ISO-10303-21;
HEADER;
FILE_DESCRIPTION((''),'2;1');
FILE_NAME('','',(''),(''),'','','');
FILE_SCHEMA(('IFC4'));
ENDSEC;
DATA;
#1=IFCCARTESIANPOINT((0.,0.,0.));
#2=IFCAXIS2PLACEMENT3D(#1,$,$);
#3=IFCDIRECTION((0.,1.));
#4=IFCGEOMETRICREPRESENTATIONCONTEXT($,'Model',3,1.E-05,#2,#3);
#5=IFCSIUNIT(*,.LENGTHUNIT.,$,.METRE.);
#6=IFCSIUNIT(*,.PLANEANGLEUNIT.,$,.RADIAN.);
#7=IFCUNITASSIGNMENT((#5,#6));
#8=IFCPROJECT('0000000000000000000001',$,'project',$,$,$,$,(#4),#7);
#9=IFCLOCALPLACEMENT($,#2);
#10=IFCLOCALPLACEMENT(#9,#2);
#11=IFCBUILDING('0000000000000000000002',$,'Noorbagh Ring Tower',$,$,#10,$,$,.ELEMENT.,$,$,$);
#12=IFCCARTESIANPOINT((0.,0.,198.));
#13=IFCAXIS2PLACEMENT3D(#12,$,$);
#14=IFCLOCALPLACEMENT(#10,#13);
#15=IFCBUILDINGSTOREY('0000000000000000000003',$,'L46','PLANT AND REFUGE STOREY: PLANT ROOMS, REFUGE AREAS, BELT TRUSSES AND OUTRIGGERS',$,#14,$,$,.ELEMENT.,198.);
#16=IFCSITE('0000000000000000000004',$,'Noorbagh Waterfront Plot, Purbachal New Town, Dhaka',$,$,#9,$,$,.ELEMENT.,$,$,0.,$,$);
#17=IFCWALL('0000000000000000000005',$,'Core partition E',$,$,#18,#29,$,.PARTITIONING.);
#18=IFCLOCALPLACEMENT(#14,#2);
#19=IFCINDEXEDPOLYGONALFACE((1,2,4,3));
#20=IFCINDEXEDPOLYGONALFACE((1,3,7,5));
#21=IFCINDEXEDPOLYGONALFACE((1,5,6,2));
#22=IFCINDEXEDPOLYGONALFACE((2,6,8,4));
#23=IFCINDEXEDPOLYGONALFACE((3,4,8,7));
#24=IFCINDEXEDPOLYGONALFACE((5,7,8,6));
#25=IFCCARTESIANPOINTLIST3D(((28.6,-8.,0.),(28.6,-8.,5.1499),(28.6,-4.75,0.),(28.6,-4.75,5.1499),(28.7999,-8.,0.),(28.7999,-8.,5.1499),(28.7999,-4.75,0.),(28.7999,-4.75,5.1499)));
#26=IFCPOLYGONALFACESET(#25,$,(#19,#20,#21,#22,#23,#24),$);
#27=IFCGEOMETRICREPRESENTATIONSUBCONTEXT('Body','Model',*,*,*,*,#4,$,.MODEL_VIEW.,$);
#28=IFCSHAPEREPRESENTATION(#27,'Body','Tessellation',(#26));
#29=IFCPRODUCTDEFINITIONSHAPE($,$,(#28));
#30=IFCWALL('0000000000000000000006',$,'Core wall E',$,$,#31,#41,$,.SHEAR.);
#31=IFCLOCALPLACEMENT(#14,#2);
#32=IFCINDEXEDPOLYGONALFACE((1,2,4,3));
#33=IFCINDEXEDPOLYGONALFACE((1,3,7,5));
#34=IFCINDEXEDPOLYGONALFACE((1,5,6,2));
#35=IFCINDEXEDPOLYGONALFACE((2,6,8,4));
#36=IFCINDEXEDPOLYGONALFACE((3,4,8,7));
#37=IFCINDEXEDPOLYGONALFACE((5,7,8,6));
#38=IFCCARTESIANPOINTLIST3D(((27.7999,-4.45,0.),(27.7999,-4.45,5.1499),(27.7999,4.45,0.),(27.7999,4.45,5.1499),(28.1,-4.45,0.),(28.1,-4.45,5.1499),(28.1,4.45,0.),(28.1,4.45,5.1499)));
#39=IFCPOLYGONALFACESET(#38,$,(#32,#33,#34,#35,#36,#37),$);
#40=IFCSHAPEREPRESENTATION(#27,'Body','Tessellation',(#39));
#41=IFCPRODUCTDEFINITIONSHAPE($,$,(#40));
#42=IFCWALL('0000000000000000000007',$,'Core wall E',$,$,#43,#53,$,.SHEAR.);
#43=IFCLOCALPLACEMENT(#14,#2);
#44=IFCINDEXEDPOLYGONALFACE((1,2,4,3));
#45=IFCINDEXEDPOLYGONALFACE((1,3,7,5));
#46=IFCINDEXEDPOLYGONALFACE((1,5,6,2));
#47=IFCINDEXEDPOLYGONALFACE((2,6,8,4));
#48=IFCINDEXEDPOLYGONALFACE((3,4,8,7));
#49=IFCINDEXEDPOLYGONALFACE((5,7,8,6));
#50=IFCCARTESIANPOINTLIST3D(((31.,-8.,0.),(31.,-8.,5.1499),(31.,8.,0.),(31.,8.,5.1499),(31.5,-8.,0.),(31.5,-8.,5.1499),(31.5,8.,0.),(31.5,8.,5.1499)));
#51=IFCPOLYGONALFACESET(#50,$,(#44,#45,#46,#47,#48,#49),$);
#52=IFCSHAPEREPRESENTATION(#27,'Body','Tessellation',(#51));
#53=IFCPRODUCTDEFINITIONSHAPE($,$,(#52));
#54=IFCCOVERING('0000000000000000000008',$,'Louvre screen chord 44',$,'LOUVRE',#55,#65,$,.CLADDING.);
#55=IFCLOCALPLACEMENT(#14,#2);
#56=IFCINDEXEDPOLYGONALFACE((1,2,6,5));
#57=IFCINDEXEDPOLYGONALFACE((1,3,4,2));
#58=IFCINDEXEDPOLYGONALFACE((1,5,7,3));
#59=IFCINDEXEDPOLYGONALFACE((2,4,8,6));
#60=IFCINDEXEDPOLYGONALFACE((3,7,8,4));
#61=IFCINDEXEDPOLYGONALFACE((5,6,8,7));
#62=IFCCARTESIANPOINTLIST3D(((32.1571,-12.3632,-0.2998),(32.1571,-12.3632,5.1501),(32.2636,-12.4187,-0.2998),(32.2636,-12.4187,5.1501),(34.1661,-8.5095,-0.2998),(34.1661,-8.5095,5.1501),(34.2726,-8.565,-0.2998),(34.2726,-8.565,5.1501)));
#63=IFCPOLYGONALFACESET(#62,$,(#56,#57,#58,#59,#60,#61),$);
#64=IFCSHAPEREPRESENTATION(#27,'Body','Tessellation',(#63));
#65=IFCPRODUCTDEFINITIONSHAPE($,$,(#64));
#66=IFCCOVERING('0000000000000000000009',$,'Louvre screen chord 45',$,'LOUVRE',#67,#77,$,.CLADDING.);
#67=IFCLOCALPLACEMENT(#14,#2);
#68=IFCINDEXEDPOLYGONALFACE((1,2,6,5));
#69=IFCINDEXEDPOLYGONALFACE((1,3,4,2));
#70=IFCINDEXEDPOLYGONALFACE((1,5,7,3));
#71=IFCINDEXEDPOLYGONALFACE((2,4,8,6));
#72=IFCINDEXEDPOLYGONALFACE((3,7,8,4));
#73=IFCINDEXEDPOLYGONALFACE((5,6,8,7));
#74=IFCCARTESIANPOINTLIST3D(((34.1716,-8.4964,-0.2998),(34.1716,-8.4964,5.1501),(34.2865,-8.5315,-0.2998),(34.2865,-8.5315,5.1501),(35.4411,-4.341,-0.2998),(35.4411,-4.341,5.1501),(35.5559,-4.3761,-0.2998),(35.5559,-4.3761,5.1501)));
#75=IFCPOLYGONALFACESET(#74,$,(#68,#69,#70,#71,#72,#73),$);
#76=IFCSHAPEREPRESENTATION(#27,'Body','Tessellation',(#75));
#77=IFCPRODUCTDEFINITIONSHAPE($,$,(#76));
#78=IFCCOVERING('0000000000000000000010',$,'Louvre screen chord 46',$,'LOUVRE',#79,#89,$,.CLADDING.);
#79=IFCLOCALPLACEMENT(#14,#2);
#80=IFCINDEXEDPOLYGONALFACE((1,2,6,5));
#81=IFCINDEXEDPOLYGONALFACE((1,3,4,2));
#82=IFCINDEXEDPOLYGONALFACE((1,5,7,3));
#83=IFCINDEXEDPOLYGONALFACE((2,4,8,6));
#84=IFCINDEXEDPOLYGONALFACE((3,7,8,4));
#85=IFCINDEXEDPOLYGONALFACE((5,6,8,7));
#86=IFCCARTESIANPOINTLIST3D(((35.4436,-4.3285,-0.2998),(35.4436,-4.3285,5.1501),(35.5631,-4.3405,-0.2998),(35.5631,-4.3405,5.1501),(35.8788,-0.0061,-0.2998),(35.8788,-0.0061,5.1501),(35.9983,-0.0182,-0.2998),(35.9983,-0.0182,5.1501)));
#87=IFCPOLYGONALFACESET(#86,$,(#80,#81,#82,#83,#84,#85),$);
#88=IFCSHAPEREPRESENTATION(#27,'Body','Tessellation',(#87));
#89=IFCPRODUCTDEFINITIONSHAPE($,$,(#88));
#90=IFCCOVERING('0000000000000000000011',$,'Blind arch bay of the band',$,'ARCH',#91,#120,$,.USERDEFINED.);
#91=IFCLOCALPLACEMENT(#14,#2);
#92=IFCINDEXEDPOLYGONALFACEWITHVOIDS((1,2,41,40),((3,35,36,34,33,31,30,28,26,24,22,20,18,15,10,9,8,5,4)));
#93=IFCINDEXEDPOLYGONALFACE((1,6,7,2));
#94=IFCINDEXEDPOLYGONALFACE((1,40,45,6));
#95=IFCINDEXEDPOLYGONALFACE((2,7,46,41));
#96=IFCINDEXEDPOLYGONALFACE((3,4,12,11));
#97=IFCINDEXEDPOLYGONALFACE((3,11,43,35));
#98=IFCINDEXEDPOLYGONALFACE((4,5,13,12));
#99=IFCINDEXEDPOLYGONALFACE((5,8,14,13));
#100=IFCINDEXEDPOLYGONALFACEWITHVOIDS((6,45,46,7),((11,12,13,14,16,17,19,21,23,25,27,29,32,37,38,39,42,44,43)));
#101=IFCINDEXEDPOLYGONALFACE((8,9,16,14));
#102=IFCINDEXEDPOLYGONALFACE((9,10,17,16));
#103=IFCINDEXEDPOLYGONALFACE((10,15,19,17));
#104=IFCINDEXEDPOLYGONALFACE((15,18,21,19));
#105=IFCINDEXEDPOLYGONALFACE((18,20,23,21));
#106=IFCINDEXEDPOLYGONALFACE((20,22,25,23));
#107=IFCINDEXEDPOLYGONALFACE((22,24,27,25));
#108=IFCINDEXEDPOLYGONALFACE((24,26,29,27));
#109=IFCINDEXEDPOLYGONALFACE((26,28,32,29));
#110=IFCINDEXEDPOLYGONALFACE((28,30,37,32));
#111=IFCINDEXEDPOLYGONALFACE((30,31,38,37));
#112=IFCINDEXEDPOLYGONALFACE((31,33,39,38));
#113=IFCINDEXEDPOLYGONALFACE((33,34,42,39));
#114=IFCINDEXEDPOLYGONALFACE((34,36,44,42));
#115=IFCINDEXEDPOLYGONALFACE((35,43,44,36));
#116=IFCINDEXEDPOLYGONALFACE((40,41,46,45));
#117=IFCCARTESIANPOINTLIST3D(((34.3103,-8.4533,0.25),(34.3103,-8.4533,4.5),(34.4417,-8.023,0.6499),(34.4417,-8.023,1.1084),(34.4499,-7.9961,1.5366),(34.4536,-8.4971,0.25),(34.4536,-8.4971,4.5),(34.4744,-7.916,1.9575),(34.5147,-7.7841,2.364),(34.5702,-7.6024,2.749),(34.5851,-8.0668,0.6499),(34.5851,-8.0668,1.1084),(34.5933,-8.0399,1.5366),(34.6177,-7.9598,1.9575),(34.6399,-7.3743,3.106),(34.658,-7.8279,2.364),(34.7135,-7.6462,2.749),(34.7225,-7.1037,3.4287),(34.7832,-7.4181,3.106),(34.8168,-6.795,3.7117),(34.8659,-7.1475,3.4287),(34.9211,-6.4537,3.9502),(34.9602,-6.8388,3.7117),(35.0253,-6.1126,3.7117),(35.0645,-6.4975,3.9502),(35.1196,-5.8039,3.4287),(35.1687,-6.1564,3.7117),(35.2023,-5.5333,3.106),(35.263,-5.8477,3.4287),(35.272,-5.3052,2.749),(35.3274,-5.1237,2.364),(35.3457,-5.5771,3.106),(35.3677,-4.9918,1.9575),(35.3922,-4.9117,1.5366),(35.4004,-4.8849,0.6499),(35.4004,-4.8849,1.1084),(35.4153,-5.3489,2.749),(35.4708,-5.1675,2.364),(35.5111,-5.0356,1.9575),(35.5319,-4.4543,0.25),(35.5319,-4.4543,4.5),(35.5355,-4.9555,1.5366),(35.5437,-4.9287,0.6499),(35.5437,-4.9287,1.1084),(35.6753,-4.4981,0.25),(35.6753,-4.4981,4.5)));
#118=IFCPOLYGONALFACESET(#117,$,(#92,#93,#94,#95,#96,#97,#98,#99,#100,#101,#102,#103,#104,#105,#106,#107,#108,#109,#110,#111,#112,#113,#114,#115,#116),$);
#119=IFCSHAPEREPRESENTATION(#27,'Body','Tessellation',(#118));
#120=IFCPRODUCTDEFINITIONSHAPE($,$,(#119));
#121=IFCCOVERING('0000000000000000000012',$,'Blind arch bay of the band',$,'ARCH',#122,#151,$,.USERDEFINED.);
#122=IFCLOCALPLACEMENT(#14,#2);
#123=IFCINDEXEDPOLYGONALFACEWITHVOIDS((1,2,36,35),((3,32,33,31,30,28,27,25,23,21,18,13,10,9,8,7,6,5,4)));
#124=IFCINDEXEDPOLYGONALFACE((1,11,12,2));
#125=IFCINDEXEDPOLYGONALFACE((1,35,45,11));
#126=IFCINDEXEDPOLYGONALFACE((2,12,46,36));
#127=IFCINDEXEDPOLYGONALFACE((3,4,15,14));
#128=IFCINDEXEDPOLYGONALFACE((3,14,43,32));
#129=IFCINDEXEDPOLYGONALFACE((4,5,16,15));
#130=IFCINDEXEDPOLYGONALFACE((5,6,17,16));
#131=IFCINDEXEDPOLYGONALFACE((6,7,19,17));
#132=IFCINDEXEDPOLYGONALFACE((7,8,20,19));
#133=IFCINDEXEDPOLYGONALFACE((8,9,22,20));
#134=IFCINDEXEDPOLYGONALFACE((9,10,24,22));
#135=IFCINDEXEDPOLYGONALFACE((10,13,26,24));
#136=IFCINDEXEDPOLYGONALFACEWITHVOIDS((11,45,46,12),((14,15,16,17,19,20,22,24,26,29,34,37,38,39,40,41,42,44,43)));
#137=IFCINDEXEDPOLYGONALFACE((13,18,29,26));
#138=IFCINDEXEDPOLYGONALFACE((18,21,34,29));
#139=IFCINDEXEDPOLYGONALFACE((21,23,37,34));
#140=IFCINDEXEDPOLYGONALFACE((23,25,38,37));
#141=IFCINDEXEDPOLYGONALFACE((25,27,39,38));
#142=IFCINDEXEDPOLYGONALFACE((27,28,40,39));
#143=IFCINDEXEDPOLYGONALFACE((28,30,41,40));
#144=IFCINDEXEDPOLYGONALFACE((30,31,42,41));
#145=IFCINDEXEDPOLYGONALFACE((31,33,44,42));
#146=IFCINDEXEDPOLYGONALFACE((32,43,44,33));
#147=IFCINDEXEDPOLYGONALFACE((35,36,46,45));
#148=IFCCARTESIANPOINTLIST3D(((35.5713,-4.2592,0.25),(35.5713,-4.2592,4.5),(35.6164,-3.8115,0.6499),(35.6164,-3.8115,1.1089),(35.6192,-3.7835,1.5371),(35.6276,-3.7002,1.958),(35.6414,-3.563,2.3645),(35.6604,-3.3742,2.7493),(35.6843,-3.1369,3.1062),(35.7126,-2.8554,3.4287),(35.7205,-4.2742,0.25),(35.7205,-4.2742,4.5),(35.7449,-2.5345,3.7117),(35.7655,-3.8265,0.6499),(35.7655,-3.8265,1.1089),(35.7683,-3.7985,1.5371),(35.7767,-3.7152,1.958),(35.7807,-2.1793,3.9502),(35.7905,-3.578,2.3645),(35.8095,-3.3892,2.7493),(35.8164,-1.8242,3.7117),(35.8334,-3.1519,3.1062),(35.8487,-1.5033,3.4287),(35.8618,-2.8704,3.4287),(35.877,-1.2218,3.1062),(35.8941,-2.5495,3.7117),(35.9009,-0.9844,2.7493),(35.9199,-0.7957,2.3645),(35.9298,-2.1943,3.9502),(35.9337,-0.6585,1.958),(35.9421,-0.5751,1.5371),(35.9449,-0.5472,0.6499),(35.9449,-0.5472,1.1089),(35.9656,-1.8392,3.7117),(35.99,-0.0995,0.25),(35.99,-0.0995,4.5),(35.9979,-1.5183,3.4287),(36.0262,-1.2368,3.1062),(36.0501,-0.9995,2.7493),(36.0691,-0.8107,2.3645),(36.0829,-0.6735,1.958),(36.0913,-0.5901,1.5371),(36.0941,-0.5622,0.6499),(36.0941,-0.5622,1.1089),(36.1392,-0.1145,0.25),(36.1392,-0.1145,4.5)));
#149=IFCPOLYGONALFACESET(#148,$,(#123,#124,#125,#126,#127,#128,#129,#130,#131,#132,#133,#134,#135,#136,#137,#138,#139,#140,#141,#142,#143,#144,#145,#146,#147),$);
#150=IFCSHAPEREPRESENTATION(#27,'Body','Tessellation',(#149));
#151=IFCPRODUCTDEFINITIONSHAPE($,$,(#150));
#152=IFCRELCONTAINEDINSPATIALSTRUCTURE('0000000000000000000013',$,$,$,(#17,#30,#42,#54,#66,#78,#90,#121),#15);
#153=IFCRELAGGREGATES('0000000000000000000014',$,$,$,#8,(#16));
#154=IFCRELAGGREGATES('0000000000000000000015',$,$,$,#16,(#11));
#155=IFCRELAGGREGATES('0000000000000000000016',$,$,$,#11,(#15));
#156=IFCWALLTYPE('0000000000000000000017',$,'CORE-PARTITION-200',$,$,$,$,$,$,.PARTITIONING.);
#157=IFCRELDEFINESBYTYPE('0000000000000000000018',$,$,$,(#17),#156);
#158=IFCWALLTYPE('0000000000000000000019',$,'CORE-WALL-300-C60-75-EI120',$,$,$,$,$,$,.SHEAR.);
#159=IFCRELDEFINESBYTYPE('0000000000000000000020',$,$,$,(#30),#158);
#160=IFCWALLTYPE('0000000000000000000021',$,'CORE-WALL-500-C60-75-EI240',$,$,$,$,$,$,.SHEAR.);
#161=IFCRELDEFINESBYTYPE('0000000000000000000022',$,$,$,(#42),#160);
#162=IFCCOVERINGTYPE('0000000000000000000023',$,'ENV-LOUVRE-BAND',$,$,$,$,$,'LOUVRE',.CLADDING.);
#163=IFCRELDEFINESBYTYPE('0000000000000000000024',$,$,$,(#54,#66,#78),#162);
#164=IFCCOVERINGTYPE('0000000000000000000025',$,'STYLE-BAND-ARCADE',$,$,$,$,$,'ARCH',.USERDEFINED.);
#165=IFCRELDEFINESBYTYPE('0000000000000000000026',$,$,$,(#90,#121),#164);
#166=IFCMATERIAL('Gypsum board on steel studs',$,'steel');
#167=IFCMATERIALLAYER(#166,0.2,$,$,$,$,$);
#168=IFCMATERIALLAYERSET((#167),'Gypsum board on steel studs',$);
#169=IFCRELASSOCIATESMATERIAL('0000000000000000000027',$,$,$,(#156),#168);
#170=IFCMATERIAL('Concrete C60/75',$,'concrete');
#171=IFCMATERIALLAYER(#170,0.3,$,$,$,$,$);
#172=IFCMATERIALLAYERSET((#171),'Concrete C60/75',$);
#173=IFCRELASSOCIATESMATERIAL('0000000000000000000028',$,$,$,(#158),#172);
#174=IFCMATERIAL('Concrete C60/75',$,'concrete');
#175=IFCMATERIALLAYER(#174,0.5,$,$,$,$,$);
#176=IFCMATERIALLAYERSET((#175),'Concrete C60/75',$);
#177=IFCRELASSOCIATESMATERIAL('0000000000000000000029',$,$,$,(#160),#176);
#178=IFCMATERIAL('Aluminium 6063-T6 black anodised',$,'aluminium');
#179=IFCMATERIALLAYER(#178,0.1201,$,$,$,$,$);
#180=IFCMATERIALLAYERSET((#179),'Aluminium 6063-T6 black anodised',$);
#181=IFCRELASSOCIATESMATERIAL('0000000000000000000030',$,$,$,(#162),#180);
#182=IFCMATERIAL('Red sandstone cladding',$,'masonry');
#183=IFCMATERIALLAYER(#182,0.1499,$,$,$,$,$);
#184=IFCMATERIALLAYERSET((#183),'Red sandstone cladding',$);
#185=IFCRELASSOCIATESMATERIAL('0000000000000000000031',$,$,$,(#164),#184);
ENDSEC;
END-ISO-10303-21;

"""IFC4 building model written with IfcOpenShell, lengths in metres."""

from ifc_helpers import new_model, si_unit, direction, frame, frame_2d, origin, origin_2d, place, context, subcontext, project, spatial, polyline, rectangle, outline, extrude, material, layer, layer_set, type_object, element, save


model = new_model("IFC4")

# Units and contexts
model_context = context("Model", 3, precision=1e-05, world=origin(), true_north=direction((0.0, 1.0)))
body_context = subcontext(model_context, "Body", "Model", "MODEL_VIEW")
ifc_project = project(units=[si_unit("LENGTHUNIT", "METRE"), si_unit("PLANEANGLEUNIT", "RADIAN")], contexts=[model_context])

# Site, building, storey
site_placement = place(None, origin())
site = spatial("IfcSite", under=ifc_project, at=site_placement, Name="Noorbagh Waterfront Plot, Purbachal New Town, Dhaka", CompositionType="ELEMENT", RefElevation=0.0)
building_placement = place(site_placement, origin())
building = spatial("IfcBuilding", under=site, at=building_placement, Name="Noorbagh Ring Tower", CompositionType="ELEMENT")
storey_placement = place(building_placement, frame((0.0, 0.0, 198.0)))
storey = spatial("IfcBuildingStorey", under=building, at=storey_placement, Name="L46", Description="PLANT AND REFUGE STOREY: PLANT ROOMS, REFUGE AREAS, BELT TRUSSES AND OUTRIGGERS", CompositionType="ELEMENT", Elevation=198.0)

# Walls
ifc_material_1 = material(Name="Gypsum board on steel studs", Category="steel")
ifc_layer_1 = layer(ifc_material_1, 0.2)
ifc_layer_set_1 = layer_set([ifc_layer_1], Name="Gypsum board on steel studs")
wall_type_1 = type_object("IfcWallType", Name="CORE-PARTITION-200", PredefinedType="PARTITIONING", material=ifc_layer_set_1)
wall_1_placement = place(storey_placement, frame((28.7, -8.0, 0.0), z_axis=(0.0, 0.0, 1.0), x_axis=(0.0, 1.0, 0.0)))
element("IfcWall", 1, at=wall_1_placement, inside=storey, type_object=wall_type_1, Name="Core partition E", PredefinedType="PARTITIONING", context=body_context, shape_type="SweptSolid", body=[
    extrude(rectangle(XDim=3.25, YDim=0.2, at=frame_2d((1.625, 0.0))), origin(), (0.0, 0.0, 1.0), 5.1499),
])
ifc_material_2 = material(Name="Concrete C60/75", Category="concrete")
ifc_layer_2 = layer(ifc_material_2, 0.3)
ifc_layer_set_2 = layer_set([ifc_layer_2], Name="Concrete C60/75")
wall_type_2 = type_object("IfcWallType", Name="CORE-WALL-300-C60-75-EI120", PredefinedType="SHEAR", material=ifc_layer_set_2)
wall_2_placement = place(storey_placement, frame((27.95, -4.45, 0.0), z_axis=(0.0, 0.0, 1.0), x_axis=(0.0, 1.0, 0.0)))
element("IfcWall", 2, at=wall_2_placement, inside=storey, type_object=wall_type_2, Name="Core wall E", PredefinedType="SHEAR", context=body_context, shape_type="SweptSolid", body=[
    extrude(rectangle(XDim=8.8999, YDim=0.3, at=frame_2d((4.45, 0.0))), origin(), (0.0, 0.0, 1.0), 5.1499),
])
ifc_material_3 = material(Name="Concrete C60/75", Category="concrete")
ifc_layer_3 = layer(ifc_material_3, 0.5)
ifc_layer_set_3 = layer_set([ifc_layer_3], Name="Concrete C60/75")
wall_type_3 = type_object("IfcWallType", Name="CORE-WALL-500-C60-75-EI240", PredefinedType="SHEAR", material=ifc_layer_set_3)
wall_3_placement = place(storey_placement, frame((31.25, -8.0, 0.0), z_axis=(0.0, 0.0, 1.0), x_axis=(0.0, 1.0, 0.0)))
element("IfcWall", 3, at=wall_3_placement, inside=storey, type_object=wall_type_3, Name="Core wall E", PredefinedType="SHEAR", context=body_context, shape_type="SweptSolid", body=[
    extrude(rectangle(XDim=16.0, YDim=0.5, at=frame_2d((8.0, 0.0))), origin(), (0.0, 0.0, 1.0), 5.1499),
])

# Coverings
ifc_material_4 = material(Name="Aluminium 6063-T6 black anodised", Category="aluminium")
ifc_layer_4 = layer(ifc_material_4, 0.1201)
ifc_layer_set_4 = layer_set([ifc_layer_4], Name="Aluminium 6063-T6 black anodised")
covering_type_1 = type_object("IfcCoveringType", Name="ENV-LOUVRE-BAND", ElementType="LOUVRE", PredefinedType="CLADDING", material=ifc_layer_set_4)
covering_1_placement = place(storey_placement, frame((33.2148, -10.4641, -0.2998), z_axis=(0.0, 0.0, 1.0), x_axis=(0.462278, 0.886735, 0.0)))
element("IfcCovering", 4, at=covering_1_placement, inside=storey, type_object=covering_type_1, Name="Louvre screen chord 44", ObjectType="LOUVRE", PredefinedType="CLADDING", context=body_context, shape_type="SweptSolid", body=[
    extrude(rectangle(XDim=4.3459, YDim=0.1201, at=origin_2d()), origin(), (0.0, 0.0, 1.0), 5.45),
])
covering_2_placement = place(storey_placement, frame((34.8638, -6.4363, -0.2998), z_axis=(0.0, 0.0, 1.0), x_axis=(0.29217, 0.956366, 0.0)))
element("IfcCovering", 5, at=covering_2_placement, inside=storey, type_object=covering_type_1, Name="Louvre screen chord 45", ObjectType="LOUVRE", PredefinedType="CLADDING", context=body_context, shape_type="SweptSolid", body=[
    extrude(rectangle(XDim=4.345, YDim=0.1201, at=origin_2d()), origin(), (0.0, 0.0, 1.0), 5.45),
])
covering_3_placement = place(storey_placement, frame((35.7209, -2.1733, -0.2998), z_axis=(0.0, 0.0, 1.0), x_axis=(0.100178, 0.99497, 0.0)))
element("IfcCovering", 6, at=covering_3_placement, inside=storey, type_object=covering_type_1, Name="Louvre screen chord 46", ObjectType="LOUVRE", PredefinedType="CLADDING", context=body_context, shape_type="SweptSolid", body=[
    extrude(rectangle(XDim=4.3442, YDim=0.1201, at=origin_2d()), origin(), (0.0, 0.0, 1.0), 5.45),
])
ifc_material_5 = material(Name="Red sandstone cladding", Category="masonry")
ifc_layer_5 = layer(ifc_material_5, 0.1499)
ifc_layer_set_5 = layer_set([ifc_layer_5], Name="Red sandstone cladding")
covering_type_2 = type_object("IfcCoveringType", Name="STYLE-BAND-ARCADE", ElementType="ARCH", PredefinedType="USERDEFINED", material=ifc_layer_set_5)
covering_4_placement = place(storey_placement, frame((34.4536, -8.4971, 0.25), z_axis=(0.956368, -0.292165, 0.0), x_axis=(0.292165, 0.956368, 0.0)))
element("IfcCovering", 7, at=covering_4_placement, inside=storey, type_object=covering_type_2, Name="Blind arch bay of the band", ObjectType="ARCH", PredefinedType="USERDEFINED", context=body_context, shape_type="SweptSolid", body=[
    extrude(outline(polyline([(0.0, 0.0), (4.1814, 0.0), (4.1814, 4.25), (0.0, 4.25), (0.0, 0.0)]), holes=[polyline([(0.45, 0.3999), (0.45, 0.8584), (0.478, 1.2866), (0.5618, 1.7075), (0.6997, 2.114), (0.8896, 2.499), (1.1282, 2.856), (1.4111, 3.1787), (1.7339, 3.4617), (2.0908, 3.7002), (2.4475, 3.4617), (2.7703, 3.1787), (3.0532, 2.856), (3.2917, 2.499), (3.4814, 2.114), (3.6194, 1.7075), (3.7031, 1.2866), (3.7312, 0.8584), (3.7312, 0.3999), (0.45, 0.3999)])]), origin(), (0.0, 0.0, -1.0), 0.1499),
])
covering_5_placement = place(storey_placement, frame((35.7205, -4.2742, 0.25), z_axis=(0.994972, -0.100151, 0.0), x_axis=(0.100151, 0.994972, 0.0)))
element("IfcCovering", 8, at=covering_5_placement, inside=storey, type_object=covering_type_2, Name="Blind arch bay of the band", ObjectType="ARCH", PredefinedType="USERDEFINED", context=body_context, shape_type="SweptSolid", body=[
    extrude(outline(polyline([(0.0, 0.0), (4.1807, 0.0), (4.1807, 4.25), (0.0, 4.25), (0.0, 0.0)]), holes=[polyline([(0.45, 0.3999), (0.45, 0.8589), (0.478, 1.2871), (0.5618, 1.708), (0.6997, 2.1145), (0.8894, 2.4993), (1.1279, 2.8562), (1.4109, 3.1787), (1.7334, 3.4617), (2.0903, 3.7002), (2.4473, 3.4617), (2.7698, 3.1787), (3.0527, 2.8562), (3.2913, 2.4993), (3.481, 2.1145), (3.6189, 1.708), (3.7026, 1.2871), (3.7307, 0.8589), (3.7307, 0.3999), (0.45, 0.3999)])]), origin(), (0.0, 0.0, -1.0), 0.1499),
])

save(model, "model.ifc")
